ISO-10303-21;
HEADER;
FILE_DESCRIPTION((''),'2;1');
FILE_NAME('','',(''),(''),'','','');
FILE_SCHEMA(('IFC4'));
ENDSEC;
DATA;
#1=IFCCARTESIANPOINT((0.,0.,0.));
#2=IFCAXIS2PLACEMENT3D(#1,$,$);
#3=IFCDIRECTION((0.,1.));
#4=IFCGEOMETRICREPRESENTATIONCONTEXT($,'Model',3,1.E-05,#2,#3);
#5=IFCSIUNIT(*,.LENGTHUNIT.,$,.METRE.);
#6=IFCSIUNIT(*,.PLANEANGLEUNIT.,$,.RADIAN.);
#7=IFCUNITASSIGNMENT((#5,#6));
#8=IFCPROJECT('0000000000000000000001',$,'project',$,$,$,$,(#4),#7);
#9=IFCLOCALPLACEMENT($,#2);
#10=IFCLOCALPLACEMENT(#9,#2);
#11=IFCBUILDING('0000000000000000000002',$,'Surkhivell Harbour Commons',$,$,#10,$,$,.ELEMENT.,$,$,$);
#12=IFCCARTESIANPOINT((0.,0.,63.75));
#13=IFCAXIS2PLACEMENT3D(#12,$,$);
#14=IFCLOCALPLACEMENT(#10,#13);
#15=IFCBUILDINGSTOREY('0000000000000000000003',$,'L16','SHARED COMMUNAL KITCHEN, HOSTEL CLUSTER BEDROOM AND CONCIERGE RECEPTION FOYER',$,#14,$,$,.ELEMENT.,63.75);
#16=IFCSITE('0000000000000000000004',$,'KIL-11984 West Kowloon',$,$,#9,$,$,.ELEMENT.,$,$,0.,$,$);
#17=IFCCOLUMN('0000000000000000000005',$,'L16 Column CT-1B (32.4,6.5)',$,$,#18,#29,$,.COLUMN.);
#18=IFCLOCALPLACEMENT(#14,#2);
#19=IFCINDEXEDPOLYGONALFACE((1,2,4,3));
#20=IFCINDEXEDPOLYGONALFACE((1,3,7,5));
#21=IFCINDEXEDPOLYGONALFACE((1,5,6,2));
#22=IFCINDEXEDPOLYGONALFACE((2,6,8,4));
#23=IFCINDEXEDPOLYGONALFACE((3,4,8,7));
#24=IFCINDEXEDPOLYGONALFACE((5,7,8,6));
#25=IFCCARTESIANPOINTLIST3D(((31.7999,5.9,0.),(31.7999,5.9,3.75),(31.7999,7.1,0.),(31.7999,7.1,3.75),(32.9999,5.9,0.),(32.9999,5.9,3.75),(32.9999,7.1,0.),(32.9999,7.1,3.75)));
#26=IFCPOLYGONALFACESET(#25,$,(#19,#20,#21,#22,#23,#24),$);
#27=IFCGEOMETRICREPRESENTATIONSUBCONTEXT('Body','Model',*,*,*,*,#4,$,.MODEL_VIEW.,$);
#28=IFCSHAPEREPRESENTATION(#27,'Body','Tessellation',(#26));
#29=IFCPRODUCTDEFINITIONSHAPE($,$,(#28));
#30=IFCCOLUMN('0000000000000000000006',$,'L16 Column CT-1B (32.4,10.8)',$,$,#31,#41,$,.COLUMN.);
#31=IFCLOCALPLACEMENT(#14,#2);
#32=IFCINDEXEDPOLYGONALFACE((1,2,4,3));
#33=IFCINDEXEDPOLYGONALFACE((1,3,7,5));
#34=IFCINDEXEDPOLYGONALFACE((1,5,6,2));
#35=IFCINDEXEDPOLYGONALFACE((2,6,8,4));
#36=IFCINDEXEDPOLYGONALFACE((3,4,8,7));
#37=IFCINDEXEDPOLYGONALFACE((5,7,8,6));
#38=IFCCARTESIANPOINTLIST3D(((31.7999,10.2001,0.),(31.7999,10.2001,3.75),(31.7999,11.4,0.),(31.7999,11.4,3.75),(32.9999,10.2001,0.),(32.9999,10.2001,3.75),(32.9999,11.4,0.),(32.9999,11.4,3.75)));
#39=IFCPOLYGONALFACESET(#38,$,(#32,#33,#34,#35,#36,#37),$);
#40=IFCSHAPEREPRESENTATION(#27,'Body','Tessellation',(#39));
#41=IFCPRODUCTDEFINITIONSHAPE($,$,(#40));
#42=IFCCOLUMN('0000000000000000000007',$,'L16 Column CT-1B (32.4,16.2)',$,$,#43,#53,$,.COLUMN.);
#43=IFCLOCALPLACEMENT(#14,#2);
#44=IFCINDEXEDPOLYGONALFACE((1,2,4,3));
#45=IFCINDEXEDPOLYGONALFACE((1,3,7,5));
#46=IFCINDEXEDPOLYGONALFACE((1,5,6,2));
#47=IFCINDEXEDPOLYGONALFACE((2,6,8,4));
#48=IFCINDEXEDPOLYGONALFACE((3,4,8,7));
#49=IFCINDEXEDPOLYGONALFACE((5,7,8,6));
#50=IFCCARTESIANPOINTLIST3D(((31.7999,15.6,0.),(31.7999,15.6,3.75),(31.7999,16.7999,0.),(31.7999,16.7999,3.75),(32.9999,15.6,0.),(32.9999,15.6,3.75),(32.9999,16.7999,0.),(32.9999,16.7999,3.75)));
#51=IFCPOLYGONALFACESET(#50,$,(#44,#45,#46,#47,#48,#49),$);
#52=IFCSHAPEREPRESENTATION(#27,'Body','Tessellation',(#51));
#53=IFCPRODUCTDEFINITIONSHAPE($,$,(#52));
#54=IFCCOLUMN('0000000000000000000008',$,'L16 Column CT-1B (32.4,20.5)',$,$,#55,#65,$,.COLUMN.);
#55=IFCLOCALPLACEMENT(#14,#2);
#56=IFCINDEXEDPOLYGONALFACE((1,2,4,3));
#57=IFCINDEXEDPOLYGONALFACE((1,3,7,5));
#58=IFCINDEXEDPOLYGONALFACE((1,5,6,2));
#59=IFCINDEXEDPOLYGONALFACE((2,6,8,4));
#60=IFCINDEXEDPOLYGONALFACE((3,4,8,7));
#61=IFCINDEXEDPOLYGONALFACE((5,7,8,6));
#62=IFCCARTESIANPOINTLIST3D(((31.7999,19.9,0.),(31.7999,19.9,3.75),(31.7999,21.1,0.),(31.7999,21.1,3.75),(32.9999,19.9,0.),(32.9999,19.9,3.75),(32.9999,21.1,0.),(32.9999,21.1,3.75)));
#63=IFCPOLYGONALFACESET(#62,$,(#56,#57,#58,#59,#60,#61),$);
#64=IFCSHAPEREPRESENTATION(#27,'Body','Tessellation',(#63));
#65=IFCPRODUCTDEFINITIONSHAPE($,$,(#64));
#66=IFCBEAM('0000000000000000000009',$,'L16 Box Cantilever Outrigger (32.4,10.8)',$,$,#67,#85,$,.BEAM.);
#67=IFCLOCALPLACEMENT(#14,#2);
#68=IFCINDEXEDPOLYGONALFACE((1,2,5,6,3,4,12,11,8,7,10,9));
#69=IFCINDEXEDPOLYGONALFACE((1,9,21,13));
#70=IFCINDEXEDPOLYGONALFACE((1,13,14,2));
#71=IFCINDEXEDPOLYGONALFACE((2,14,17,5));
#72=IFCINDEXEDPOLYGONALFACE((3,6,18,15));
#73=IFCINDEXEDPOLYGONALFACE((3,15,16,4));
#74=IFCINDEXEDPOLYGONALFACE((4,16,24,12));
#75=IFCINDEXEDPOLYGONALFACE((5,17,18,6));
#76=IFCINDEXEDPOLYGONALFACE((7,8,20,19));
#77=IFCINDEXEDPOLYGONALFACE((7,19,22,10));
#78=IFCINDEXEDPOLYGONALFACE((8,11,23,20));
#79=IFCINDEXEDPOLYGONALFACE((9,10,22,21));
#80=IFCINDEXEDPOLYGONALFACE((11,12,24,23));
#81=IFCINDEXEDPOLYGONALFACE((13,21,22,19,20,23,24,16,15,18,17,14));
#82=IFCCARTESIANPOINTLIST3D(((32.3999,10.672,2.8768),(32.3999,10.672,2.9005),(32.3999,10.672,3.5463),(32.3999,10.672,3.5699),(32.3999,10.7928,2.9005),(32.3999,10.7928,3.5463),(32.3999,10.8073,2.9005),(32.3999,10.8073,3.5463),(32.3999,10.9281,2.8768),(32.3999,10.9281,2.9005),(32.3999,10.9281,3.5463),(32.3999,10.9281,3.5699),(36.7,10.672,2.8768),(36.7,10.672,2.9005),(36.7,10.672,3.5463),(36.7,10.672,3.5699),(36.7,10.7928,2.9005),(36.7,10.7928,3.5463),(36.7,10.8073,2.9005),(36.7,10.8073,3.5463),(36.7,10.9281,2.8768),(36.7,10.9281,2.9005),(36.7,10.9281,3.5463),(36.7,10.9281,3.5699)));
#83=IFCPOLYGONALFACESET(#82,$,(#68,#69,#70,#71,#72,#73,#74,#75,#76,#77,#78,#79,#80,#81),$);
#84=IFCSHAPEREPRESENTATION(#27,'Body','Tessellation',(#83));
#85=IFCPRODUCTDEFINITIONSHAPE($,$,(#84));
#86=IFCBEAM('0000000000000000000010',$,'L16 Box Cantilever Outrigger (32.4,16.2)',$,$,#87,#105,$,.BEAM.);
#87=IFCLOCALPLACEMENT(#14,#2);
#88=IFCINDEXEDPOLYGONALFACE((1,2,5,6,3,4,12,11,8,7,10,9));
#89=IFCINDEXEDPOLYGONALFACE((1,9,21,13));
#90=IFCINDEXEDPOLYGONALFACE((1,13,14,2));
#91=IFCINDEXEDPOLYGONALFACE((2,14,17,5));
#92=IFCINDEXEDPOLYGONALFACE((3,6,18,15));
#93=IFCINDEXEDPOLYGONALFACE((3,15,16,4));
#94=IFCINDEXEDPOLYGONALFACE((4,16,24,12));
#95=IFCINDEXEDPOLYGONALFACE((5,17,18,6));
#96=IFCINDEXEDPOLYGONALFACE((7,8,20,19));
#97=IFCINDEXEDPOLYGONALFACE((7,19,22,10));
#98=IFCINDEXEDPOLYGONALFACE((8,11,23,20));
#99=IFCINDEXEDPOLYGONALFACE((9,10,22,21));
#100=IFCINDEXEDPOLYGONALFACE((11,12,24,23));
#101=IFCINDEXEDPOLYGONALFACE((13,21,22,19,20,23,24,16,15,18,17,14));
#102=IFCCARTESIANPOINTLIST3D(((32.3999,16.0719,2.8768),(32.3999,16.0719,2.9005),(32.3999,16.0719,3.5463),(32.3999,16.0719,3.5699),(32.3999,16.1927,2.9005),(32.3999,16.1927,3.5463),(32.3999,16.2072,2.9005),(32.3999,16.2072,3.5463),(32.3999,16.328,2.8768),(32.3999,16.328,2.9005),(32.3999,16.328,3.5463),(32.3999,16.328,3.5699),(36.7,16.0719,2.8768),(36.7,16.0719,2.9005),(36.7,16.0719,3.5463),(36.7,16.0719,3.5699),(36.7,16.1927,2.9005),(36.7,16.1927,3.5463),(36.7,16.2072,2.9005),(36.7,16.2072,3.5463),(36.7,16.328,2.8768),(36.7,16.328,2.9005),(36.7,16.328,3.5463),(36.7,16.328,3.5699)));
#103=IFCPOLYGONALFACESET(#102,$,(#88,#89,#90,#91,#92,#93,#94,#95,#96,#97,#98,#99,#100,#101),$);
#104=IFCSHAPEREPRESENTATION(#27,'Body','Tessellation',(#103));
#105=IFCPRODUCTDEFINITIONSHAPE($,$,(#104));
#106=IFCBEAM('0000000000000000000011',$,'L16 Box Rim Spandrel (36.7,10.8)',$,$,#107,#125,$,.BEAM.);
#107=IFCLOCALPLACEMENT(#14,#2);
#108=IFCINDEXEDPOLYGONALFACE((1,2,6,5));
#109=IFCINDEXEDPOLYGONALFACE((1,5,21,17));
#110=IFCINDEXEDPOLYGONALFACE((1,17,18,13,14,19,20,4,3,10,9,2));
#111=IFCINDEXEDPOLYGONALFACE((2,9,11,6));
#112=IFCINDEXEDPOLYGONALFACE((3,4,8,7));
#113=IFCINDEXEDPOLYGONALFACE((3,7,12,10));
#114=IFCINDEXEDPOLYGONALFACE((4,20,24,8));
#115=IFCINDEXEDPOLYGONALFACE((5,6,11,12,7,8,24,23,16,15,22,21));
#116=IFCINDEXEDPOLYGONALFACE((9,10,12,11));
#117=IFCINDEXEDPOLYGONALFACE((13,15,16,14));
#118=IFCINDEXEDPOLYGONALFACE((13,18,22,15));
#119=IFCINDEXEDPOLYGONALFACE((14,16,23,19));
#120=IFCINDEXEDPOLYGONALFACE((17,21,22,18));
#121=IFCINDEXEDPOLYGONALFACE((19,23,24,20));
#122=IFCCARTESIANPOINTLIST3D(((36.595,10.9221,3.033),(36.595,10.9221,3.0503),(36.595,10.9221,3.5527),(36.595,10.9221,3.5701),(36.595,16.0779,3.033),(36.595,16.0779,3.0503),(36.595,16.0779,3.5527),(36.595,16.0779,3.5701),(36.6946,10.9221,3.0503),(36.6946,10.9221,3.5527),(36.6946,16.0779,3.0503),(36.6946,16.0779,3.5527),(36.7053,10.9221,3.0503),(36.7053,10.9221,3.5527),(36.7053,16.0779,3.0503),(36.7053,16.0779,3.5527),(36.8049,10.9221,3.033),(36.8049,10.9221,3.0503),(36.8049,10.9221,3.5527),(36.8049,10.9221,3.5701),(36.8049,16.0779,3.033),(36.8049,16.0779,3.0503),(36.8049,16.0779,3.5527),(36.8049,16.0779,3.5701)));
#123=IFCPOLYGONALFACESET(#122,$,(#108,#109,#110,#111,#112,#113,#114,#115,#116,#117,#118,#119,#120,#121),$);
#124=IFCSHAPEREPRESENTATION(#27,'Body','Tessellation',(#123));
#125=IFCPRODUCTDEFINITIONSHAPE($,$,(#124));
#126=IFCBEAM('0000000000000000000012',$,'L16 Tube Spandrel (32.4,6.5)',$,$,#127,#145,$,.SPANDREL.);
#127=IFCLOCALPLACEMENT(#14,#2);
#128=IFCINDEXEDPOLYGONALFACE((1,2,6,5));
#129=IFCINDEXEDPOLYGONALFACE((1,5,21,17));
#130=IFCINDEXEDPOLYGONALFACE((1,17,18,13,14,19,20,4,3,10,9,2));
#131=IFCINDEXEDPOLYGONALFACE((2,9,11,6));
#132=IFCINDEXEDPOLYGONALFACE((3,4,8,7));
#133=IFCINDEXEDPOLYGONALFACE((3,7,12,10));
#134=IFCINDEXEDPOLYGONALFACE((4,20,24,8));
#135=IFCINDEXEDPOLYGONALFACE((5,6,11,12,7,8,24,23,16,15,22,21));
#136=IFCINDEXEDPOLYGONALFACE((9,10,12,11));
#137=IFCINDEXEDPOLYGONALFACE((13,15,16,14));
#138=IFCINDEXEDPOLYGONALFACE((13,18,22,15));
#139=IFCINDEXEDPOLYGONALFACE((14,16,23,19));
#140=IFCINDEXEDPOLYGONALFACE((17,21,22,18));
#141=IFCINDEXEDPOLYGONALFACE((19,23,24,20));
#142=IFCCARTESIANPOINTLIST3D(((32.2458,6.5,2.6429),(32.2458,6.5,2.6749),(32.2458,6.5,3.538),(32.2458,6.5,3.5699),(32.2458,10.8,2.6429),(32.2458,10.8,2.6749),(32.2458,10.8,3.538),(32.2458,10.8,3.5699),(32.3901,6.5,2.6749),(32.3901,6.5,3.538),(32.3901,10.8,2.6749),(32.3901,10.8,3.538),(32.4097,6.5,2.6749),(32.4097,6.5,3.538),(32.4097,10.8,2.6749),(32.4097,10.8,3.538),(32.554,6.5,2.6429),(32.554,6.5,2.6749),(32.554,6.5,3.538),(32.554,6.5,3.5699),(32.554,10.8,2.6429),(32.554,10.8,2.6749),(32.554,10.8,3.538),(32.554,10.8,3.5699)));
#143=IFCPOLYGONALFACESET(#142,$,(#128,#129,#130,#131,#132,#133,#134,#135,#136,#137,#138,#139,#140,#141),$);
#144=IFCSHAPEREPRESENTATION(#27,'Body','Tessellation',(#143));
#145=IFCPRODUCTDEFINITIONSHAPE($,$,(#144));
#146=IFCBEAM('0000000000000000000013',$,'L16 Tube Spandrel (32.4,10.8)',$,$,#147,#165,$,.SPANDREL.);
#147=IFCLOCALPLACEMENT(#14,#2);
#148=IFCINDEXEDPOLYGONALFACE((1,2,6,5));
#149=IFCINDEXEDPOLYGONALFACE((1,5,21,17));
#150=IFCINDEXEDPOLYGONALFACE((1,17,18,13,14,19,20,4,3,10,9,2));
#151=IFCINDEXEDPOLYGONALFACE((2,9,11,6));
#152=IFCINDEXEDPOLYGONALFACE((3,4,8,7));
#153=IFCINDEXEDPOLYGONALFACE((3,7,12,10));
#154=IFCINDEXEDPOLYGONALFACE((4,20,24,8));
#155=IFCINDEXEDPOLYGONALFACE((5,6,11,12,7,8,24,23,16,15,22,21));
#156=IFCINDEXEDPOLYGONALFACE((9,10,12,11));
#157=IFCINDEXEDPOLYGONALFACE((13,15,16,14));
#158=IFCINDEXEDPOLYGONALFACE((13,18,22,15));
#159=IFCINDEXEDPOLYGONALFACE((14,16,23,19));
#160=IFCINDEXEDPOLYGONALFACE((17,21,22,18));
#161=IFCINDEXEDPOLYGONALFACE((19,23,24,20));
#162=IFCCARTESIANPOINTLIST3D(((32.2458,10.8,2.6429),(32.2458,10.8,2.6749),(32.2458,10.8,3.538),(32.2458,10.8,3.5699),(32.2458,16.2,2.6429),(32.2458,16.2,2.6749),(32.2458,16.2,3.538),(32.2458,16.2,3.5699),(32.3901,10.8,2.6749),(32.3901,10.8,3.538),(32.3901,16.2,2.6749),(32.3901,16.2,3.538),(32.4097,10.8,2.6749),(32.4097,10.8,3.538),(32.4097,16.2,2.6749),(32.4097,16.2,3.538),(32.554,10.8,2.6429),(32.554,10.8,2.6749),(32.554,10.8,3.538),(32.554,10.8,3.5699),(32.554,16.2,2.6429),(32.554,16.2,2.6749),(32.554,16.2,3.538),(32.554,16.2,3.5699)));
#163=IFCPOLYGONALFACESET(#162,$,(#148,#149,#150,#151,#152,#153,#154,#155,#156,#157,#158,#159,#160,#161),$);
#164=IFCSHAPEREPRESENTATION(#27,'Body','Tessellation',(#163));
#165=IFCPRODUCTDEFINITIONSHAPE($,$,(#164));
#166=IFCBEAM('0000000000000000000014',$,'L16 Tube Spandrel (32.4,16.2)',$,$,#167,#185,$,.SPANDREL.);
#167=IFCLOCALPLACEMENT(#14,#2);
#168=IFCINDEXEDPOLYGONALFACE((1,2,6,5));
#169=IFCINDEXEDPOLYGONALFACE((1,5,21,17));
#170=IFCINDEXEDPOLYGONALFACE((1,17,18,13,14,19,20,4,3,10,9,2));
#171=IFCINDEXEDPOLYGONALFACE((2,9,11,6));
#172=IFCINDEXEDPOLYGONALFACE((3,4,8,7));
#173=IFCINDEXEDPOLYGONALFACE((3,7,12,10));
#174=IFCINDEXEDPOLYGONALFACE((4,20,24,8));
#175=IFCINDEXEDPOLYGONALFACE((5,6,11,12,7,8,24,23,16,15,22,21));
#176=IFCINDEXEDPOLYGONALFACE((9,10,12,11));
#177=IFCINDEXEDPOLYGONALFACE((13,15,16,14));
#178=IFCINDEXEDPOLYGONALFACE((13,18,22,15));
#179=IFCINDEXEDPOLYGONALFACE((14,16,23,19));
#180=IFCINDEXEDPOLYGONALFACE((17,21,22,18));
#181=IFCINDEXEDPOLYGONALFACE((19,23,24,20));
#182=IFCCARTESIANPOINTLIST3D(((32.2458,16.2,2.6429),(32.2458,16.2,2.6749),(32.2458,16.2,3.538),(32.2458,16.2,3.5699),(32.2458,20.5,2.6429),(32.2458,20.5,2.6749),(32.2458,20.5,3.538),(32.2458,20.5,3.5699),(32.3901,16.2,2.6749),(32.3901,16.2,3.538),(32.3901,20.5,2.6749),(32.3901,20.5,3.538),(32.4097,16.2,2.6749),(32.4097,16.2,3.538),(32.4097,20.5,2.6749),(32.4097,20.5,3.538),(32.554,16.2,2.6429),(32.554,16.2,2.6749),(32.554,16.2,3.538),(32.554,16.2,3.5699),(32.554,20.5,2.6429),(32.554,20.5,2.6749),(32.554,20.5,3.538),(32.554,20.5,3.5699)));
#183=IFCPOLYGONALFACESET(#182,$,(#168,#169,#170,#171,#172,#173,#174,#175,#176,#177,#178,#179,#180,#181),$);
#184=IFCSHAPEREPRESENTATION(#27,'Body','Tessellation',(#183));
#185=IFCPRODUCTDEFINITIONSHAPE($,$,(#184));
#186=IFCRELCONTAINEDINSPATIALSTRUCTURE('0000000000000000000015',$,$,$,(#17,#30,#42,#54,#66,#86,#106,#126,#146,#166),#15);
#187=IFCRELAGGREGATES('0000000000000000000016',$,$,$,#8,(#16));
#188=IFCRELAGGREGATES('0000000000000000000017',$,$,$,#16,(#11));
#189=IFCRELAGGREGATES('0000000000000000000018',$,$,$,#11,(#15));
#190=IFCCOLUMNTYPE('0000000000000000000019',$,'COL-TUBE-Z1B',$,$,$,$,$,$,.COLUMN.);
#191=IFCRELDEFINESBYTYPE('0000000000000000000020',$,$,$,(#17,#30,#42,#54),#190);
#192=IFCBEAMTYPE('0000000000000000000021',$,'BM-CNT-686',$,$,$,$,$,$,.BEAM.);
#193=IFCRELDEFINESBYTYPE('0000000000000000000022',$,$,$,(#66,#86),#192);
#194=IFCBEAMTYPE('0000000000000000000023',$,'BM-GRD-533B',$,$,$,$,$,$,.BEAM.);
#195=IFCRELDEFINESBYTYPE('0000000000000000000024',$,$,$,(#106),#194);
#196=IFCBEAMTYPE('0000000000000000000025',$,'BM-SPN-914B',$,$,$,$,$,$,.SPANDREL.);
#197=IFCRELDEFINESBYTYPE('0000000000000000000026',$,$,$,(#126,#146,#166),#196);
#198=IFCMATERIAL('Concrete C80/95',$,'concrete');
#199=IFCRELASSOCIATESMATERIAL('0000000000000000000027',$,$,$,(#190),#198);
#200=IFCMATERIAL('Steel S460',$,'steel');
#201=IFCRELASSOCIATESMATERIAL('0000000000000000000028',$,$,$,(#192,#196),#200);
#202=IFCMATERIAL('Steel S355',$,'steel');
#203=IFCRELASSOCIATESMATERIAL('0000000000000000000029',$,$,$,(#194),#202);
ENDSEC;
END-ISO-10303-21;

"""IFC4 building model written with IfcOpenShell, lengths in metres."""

from ifc_helpers import new_model, si_unit, direction, frame, origin, origin_2d, place, context, subcontext, project, spatial, rectangle, i_section, extrude, material, material_profile, profile_set, type_object, element, save


model = new_model("IFC4")

# Units and contexts
model_context = context("Model", 3, precision=1e-05, world=origin(), true_north=direction((0.0, 1.0)))
body_context = subcontext(model_context, "Body", "Model", "MODEL_VIEW")
ifc_project = project(units=[si_unit("LENGTHUNIT", "METRE"), si_unit("PLANEANGLEUNIT", "RADIAN")], contexts=[model_context])

# Site, building, storey
site_placement = place(None, origin())
site = spatial("IfcSite", under=ifc_project, at=site_placement, Name="KIL-11984 West Kowloon", CompositionType="ELEMENT", RefElevation=0.0)
building_placement = place(site_placement, origin())
building = spatial("IfcBuilding", under=site, at=building_placement, Name="Surkhivell Harbour Commons", CompositionType="ELEMENT")
storey_placement = place(building_placement, frame((0.0, 0.0, 63.75)))
storey = spatial("IfcBuildingStorey", under=building, at=storey_placement, Name="L16", Description="SHARED COMMUNAL KITCHEN, HOSTEL CLUSTER BEDROOM AND CONCIERGE RECEPTION FOYER", CompositionType="ELEMENT", Elevation=63.75)

# Columns
ifc_material_1 = material(Name="Concrete C80/95", Category="concrete")
ifc_material_profile_1 = material_profile(ifc_material_1, rectangle(XDim=1.2, YDim=1.2, at=origin_2d()), Name="RC-COL-1200x1200")
ifc_profile_set_1 = profile_set([ifc_material_profile_1], Name="Concrete C80/95")
column_type = type_object("IfcColumnType", Name="COL-TUBE-Z1B", PredefinedType="COLUMN", material=ifc_profile_set_1)
for number, where, z_axis, x_axis, name in (
    (1, (32.3999, 6.5, 0.0), (0.0, 0.0, 1.0), (1.0, 0.0, 0.0), "L16 Column CT-1B (32.4,6.5)"),
    (2, (32.3999, 10.8, 0.0), (0.0, 0.0, 1.0), (1.0, 0.0, 0.0), "L16 Column CT-1B (32.4,10.8)"),
    (3, (32.3999, 16.2, 0.0), (0.0, 0.0, 1.0), (1.0, 0.0, 0.0), "L16 Column CT-1B (32.4,16.2)"),
    (4, (32.3999, 20.5, 0.0), (0.0, 0.0, 1.0), (1.0, 0.0, 0.0), "L16 Column CT-1B (32.4,20.5)"),
):
    element("IfcColumn", number, at=place(storey_placement, frame(where, z_axis=z_axis, x_axis=x_axis)), inside=storey, type_object=column_type, Name=name, PredefinedType="COLUMN", context=body_context, shape_type="SweptSolid", body=[
        extrude(rectangle(XDim=1.2, YDim=1.2, at=origin_2d()), origin(), (0.0, 0.0, 1.0), 3.75),
    ])

# Beams
ifc_material_2 = material(Name="Steel S460", Category="steel")
ifc_material_profile_2 = material_profile(ifc_material_2, i_section(OverallWidth=0.2561, OverallDepth=0.6931, WebThickness=0.0144, FlangeThickness=0.0237, at=origin_2d()), Name="UB686x254x170")
ifc_profile_set_2 = profile_set([ifc_material_profile_2], Name="Steel S460")
beam_type_1 = type_object("IfcBeamType", Name="BM-CNT-686", PredefinedType="BEAM", material=ifc_profile_set_2)
for number, where, z_axis, x_axis, name in (
    (5, (32.3999, 10.8, 3.2234), (1.0, 0.0, 0.0), (0.0, 1.0, 0.0), "L16 Box Cantilever Outrigger (32.4,10.8)"),
    (6, (32.3999, 16.2, 3.2234), (1.0, 0.0, 0.0), (0.0, 1.0, 0.0), "L16 Box Cantilever Outrigger (32.4,16.2)"),
):
    element("IfcBeam", number, at=place(storey_placement, frame(where, z_axis=z_axis, x_axis=x_axis)), inside=storey, type_object=beam_type_1, Name=name, PredefinedType="BEAM", context=body_context, shape_type="SweptSolid", body=[
        extrude(i_section(OverallWidth=0.2561, OverallDepth=0.6931, WebThickness=0.0144, FlangeThickness=0.0237, at=origin_2d()), origin(), (0.0, 0.0, 1.0), 4.3),
    ])
ifc_material_3 = material(Name="Steel S355", Category="steel")
ifc_material_profile_3 = material_profile(ifc_material_3, i_section(OverallWidth=0.21, OverallDepth=0.5371, WebThickness=0.0107, FlangeThickness=0.0173, at=origin_2d()), Name="UB533x210x101")
ifc_profile_set_3 = profile_set([ifc_material_profile_3], Name="Steel S355")
beam_type_2 = type_object("IfcBeamType", Name="BM-GRD-533B", PredefinedType="BEAM", material=ifc_profile_set_3)
beam_1_placement = place(storey_placement, frame((36.7, 10.9221, 3.3015), z_axis=(0.0, 1.0, 0.0), x_axis=(-1.0, 0.0, 0.0)))
element("IfcBeam", 7, at=beam_1_placement, inside=storey, type_object=beam_type_2, Name="L16 Box Rim Spandrel (36.7,10.8)", PredefinedType="BEAM", context=body_context, shape_type="SweptSolid", body=[
    extrude(i_section(OverallWidth=0.21, OverallDepth=0.5371, WebThickness=0.0107, FlangeThickness=0.0173, at=origin_2d()), origin(), (0.0, 0.0, 1.0), 5.1558),
])
ifc_material_profile_4 = material_profile(ifc_material_2, i_section(OverallWidth=0.3081, OverallDepth=0.927, WebThickness=0.0195, FlangeThickness=0.032, at=origin_2d()), Name="UB914x305x289")
ifc_profile_set_4 = profile_set([ifc_material_profile_4], Name="Steel S460")
beam_type_3 = type_object("IfcBeamType", Name="BM-SPN-914B", PredefinedType="SPANDREL", material=ifc_profile_set_4)
beam_2_placement = place(storey_placement, frame((32.3999, 6.5, 3.1064), z_axis=(0.0, 1.0, 0.0), x_axis=(-1.0, 0.0, 0.0)))
element("IfcBeam", 8, at=beam_2_placement, inside=storey, type_object=beam_type_3, Name="L16 Tube Spandrel (32.4,6.5)", PredefinedType="SPANDREL", context=body_context, shape_type="SweptSolid", body=[
    extrude(i_section(OverallWidth=0.3081, OverallDepth=0.927, WebThickness=0.0195, FlangeThickness=0.032, at=origin_2d()), origin(), (0.0, 0.0, 1.0), 4.3),
])
beam_3_placement = place(storey_placement, frame((32.3999, 10.8, 3.1064), z_axis=(0.0, 1.0, 0.0), x_axis=(-1.0, 0.0, 0.0)))
element("IfcBeam", 9, at=beam_3_placement, inside=storey, type_object=beam_type_3, Name="L16 Tube Spandrel (32.4,10.8)", PredefinedType="SPANDREL", context=body_context, shape_type="SweptSolid", body=[
    extrude(i_section(OverallWidth=0.3081, OverallDepth=0.927, WebThickness=0.0195, FlangeThickness=0.032, at=origin_2d()), origin(), (0.0, 0.0, 1.0), 5.3999),
])
beam_4_placement = place(storey_placement, frame((32.3999, 16.2, 3.1064), z_axis=(0.0, 1.0, 0.0), x_axis=(-1.0, 0.0, 0.0)))
element("IfcBeam", 10, at=beam_4_placement, inside=storey, type_object=beam_type_3, Name="L16 Tube Spandrel (32.4,16.2)", PredefinedType="SPANDREL", context=body_context, shape_type="SweptSolid", body=[
    extrude(i_section(OverallWidth=0.3081, OverallDepth=0.927, WebThickness=0.0195, FlangeThickness=0.032, at=origin_2d()), origin(), (0.0, 0.0, 1.0), 4.3),
])

save(model, "model.ifc")
